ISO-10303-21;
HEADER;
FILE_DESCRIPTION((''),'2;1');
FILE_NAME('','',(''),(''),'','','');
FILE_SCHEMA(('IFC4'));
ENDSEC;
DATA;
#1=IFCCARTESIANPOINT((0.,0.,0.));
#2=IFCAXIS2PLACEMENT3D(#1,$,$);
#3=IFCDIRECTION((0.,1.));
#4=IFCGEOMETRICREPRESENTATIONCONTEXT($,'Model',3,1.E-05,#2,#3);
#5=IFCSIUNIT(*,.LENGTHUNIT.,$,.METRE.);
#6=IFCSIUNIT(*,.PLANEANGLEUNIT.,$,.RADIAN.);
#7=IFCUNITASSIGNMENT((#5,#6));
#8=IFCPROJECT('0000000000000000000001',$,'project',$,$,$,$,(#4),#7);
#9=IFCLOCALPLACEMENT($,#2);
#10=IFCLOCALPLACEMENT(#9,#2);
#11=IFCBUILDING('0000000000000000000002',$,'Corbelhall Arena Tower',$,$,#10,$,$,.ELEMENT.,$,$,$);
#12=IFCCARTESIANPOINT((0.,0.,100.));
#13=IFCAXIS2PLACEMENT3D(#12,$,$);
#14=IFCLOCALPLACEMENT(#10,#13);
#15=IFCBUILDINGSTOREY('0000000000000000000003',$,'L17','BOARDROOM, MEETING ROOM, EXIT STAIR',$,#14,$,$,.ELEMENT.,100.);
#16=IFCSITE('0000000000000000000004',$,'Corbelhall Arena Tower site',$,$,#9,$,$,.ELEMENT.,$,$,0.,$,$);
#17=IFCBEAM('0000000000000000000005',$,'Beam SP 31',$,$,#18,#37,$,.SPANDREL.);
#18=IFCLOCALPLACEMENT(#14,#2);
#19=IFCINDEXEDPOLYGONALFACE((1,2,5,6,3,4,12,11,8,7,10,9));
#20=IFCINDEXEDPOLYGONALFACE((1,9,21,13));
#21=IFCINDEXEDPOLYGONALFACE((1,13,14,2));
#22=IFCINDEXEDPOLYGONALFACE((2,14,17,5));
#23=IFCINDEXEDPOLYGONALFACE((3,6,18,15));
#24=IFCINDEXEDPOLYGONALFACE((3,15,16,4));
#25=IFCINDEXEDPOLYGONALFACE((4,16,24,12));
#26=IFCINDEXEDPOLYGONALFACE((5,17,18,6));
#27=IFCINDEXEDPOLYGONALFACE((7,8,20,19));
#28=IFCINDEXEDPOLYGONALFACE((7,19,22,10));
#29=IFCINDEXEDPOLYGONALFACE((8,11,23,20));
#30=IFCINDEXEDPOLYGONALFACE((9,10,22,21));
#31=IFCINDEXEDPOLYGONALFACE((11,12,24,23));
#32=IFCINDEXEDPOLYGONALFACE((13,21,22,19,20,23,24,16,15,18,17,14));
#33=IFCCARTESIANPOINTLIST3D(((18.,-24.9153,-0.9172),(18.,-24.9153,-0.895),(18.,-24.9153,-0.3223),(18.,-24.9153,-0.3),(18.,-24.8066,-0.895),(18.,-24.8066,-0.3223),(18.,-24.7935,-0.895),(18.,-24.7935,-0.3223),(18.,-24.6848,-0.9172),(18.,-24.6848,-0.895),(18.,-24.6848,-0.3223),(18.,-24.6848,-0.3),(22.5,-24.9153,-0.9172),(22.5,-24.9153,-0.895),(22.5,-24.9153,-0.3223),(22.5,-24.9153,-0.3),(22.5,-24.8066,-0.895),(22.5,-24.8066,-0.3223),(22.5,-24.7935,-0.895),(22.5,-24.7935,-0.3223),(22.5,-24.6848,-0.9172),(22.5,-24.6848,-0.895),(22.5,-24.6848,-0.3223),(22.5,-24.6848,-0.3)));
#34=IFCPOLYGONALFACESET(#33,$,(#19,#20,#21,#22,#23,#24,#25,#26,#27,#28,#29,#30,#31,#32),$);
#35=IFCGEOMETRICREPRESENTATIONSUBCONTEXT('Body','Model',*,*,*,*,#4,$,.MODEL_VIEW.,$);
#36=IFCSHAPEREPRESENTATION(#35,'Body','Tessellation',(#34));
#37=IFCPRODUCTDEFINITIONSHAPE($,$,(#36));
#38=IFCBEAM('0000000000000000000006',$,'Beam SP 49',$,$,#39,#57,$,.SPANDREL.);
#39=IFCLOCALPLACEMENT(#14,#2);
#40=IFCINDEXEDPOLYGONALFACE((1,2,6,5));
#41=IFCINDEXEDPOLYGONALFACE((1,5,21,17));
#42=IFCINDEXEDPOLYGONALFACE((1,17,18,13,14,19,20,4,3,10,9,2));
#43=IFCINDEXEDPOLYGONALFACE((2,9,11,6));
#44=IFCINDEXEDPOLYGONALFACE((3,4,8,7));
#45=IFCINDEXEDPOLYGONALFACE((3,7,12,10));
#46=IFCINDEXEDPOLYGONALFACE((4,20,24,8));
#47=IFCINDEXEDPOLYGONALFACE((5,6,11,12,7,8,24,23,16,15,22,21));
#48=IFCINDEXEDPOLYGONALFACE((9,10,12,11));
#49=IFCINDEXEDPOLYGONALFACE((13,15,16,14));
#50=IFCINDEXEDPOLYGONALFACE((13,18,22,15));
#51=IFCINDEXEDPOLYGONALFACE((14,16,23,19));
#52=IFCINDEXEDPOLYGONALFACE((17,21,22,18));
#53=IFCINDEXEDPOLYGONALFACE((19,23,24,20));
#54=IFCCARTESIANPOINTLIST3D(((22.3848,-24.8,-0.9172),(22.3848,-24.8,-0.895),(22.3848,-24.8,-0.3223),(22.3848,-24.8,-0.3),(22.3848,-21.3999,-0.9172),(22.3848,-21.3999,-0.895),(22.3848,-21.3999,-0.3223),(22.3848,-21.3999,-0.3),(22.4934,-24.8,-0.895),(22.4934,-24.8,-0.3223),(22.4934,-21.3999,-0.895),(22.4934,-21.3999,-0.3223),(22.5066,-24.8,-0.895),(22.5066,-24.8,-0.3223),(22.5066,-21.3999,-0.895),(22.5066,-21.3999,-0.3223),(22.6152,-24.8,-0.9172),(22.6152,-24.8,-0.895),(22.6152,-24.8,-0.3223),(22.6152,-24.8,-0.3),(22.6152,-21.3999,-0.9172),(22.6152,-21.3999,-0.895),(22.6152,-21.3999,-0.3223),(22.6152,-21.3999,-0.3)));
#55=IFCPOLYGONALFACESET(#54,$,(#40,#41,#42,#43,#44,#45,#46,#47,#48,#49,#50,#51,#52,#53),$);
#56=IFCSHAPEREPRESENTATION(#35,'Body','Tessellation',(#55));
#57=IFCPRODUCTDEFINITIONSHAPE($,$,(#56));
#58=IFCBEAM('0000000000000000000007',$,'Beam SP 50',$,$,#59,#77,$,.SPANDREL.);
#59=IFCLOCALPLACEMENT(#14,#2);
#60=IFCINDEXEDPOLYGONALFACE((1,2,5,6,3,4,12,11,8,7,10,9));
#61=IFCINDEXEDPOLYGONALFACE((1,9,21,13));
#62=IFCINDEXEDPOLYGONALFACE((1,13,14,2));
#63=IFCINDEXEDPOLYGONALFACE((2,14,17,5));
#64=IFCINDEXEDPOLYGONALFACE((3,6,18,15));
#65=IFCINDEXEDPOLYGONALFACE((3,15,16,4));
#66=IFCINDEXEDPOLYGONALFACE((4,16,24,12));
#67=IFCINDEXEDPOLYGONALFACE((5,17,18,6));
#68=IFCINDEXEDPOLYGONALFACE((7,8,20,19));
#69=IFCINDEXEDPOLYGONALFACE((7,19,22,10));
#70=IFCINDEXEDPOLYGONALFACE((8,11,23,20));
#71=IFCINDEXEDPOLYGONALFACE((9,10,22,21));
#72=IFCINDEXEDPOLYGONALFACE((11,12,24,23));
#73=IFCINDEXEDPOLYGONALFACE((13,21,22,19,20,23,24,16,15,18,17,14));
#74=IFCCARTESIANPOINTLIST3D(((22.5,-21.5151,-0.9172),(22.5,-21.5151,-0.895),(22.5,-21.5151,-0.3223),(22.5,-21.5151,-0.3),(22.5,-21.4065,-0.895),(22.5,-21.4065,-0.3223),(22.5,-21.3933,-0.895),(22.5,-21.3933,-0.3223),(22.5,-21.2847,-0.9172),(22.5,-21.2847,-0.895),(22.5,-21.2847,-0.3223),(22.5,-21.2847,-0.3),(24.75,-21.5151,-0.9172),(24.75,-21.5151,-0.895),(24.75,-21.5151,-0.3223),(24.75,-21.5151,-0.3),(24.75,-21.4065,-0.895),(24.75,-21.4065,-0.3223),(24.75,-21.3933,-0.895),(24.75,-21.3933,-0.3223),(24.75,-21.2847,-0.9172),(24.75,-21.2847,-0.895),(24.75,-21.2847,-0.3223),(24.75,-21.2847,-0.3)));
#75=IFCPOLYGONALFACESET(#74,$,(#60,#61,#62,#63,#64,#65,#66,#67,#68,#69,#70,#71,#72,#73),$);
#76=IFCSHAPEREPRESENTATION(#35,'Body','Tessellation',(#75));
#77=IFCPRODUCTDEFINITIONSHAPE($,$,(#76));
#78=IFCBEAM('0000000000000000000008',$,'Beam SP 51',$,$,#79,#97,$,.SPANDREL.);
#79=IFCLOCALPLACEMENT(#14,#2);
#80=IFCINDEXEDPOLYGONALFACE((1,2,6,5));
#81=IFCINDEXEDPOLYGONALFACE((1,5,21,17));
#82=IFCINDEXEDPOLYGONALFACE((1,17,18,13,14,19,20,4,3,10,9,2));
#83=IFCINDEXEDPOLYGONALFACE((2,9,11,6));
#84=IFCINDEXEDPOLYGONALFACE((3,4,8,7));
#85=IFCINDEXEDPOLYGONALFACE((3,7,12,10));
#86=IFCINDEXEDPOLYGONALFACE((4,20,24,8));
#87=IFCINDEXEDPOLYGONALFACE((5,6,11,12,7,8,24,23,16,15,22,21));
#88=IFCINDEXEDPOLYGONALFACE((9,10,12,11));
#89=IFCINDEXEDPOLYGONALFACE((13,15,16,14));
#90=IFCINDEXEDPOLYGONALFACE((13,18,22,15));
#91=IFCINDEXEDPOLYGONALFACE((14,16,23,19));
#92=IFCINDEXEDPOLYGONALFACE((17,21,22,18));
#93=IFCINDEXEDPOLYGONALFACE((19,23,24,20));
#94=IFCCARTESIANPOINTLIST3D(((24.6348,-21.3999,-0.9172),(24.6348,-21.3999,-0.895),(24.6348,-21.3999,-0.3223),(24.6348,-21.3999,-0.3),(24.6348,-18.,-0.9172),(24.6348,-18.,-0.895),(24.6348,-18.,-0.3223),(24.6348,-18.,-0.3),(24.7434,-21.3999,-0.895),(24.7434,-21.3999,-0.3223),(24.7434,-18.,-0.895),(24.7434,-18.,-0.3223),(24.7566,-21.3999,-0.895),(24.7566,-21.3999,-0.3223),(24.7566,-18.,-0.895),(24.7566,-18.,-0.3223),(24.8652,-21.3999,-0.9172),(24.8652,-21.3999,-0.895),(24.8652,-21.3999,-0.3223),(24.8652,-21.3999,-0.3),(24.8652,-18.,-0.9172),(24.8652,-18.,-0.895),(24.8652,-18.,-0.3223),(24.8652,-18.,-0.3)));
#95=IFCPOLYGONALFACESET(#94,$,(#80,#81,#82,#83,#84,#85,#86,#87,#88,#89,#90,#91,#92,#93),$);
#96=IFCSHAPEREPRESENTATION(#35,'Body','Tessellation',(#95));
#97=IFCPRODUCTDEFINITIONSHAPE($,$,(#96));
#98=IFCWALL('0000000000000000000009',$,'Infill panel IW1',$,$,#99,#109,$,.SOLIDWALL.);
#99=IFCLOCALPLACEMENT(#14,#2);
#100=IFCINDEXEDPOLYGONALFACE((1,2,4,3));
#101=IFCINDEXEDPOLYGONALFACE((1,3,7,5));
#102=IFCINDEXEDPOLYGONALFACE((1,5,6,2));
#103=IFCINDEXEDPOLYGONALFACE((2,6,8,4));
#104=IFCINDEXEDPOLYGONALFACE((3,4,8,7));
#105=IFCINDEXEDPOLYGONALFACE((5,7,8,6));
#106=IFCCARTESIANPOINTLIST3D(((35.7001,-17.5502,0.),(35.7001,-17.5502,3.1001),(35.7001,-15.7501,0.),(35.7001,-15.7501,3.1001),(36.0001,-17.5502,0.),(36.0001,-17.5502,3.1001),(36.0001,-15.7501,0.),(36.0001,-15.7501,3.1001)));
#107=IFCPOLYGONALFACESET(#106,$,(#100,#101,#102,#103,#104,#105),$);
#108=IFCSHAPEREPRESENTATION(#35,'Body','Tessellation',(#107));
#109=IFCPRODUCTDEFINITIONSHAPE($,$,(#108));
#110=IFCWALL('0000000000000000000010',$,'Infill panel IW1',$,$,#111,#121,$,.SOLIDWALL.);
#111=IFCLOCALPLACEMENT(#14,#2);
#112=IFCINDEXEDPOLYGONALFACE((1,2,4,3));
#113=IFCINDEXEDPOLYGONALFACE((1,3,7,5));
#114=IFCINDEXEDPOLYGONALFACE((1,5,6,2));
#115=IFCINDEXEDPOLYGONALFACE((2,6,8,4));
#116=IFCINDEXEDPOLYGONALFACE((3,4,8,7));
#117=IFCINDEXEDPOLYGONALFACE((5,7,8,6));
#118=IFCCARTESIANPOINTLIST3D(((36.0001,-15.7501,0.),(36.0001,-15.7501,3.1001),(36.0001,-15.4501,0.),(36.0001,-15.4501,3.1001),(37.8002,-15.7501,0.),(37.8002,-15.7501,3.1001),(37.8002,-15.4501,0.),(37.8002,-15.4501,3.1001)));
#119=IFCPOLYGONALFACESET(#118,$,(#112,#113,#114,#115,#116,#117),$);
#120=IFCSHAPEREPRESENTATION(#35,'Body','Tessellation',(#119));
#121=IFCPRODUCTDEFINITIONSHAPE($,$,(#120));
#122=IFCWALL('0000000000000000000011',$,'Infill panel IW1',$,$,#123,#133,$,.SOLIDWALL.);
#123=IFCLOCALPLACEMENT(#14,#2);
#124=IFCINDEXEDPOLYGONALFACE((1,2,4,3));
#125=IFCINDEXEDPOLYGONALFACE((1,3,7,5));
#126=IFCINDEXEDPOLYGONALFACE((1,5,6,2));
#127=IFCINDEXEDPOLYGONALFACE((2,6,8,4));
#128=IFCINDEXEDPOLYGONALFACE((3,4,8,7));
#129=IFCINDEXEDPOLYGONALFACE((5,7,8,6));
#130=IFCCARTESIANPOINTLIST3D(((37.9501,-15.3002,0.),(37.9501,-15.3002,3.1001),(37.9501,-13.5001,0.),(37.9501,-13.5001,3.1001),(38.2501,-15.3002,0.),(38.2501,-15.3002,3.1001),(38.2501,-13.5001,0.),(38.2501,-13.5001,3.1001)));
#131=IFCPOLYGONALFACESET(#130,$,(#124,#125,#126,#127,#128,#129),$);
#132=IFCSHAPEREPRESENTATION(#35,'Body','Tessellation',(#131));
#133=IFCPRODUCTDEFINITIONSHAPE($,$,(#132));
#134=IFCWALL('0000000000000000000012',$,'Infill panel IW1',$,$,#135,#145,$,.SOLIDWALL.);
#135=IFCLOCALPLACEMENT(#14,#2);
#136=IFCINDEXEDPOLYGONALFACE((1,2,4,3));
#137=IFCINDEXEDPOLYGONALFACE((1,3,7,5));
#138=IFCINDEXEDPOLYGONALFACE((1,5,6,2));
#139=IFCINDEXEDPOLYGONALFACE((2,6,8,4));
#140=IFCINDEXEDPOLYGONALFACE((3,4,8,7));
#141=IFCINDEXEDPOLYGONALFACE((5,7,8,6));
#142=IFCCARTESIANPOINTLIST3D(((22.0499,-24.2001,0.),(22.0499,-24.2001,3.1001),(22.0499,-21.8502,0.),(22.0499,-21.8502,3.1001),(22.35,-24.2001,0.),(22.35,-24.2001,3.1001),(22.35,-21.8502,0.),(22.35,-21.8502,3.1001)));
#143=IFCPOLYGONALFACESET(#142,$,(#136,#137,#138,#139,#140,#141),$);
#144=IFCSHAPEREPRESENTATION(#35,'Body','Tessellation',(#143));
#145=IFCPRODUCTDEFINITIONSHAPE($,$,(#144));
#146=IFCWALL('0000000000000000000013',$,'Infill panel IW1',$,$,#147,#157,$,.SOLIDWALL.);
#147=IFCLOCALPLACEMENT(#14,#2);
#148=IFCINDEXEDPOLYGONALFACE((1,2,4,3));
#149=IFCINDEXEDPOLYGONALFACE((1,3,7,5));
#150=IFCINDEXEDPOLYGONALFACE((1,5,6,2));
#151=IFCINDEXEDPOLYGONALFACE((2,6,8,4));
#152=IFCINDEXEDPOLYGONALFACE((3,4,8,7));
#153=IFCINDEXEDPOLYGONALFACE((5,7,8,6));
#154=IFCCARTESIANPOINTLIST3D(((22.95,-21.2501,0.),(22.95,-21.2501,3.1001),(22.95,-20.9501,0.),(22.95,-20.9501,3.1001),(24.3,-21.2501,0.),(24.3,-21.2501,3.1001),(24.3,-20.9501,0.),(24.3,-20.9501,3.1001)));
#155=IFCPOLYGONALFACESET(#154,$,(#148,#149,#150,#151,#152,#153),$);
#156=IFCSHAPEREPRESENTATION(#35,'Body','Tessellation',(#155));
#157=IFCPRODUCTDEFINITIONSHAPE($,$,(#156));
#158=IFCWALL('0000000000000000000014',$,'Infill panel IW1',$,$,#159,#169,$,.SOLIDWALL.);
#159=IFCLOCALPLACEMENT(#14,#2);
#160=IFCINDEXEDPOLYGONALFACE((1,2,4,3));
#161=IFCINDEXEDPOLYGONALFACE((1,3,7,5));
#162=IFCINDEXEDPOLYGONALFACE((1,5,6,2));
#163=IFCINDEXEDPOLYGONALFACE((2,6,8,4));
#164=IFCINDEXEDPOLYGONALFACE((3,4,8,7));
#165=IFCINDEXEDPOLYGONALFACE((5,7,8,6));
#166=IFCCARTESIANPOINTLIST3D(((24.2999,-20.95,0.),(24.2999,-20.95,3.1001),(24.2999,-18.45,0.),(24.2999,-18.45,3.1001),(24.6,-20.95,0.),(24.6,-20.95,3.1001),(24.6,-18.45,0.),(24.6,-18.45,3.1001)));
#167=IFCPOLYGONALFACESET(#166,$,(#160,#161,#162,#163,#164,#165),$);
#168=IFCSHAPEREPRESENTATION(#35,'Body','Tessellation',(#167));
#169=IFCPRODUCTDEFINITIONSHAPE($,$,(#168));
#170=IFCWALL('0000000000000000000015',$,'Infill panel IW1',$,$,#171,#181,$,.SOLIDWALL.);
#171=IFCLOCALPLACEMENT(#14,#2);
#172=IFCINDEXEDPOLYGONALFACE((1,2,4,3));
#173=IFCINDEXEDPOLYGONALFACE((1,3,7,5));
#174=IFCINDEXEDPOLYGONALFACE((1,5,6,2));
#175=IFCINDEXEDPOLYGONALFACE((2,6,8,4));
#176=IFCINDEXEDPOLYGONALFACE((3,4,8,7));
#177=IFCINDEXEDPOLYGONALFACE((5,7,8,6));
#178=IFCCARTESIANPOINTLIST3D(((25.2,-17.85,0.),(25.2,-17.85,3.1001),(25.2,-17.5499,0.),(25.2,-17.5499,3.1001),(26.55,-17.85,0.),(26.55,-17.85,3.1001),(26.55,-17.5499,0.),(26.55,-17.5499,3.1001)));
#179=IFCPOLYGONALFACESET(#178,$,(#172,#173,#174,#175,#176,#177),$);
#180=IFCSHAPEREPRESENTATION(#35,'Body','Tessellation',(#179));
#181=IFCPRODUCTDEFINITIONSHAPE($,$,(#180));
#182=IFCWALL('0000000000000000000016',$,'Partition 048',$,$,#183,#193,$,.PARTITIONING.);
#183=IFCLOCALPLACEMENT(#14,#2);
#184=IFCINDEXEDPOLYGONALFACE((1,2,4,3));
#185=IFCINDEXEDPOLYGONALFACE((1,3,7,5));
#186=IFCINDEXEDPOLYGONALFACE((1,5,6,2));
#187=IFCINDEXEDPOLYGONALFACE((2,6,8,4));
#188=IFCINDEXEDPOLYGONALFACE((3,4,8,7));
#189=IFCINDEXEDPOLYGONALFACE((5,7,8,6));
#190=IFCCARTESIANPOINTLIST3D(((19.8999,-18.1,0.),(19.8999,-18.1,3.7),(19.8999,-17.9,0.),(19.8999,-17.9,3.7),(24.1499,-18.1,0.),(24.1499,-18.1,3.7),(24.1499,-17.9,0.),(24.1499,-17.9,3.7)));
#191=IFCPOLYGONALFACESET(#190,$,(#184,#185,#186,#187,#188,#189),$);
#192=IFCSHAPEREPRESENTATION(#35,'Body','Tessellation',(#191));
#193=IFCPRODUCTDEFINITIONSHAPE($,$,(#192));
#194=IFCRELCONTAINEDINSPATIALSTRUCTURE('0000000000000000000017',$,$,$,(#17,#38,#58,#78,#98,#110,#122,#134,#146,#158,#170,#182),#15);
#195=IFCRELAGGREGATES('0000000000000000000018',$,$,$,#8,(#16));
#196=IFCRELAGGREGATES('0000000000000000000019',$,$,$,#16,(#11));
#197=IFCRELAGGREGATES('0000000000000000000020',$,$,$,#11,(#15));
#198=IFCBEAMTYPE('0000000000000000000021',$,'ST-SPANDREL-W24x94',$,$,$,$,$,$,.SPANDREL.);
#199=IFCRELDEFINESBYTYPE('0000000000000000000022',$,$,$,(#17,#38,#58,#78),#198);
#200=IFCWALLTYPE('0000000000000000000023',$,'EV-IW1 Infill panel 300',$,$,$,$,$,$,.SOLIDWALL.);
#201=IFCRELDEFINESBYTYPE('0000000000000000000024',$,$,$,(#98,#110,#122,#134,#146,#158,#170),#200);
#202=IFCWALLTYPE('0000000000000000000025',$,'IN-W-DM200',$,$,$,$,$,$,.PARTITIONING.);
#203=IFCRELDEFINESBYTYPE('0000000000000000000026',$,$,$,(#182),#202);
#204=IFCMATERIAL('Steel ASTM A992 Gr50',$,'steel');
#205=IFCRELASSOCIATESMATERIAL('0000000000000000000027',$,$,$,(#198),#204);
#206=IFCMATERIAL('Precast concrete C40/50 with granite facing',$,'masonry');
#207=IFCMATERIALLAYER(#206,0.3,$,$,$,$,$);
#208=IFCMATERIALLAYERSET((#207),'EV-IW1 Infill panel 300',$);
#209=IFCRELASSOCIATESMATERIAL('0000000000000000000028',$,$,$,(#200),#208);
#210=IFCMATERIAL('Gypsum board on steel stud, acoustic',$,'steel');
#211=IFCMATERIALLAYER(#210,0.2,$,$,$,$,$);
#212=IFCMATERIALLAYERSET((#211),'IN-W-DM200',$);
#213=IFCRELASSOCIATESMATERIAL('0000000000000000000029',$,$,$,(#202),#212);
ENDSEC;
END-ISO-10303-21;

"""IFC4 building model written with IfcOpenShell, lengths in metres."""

from ifc_helpers import new_model, si_unit, direction, frame, frame_2d, origin, origin_2d, place, context, subcontext, project, spatial, rectangle, i_section, extrude, material, layer, layer_set, material_profile, profile_set, type_object, element, save


model = new_model("IFC4")

# Units and contexts
model_context = context("Model", 3, precision=1e-05, world=origin(), true_north=direction((0.0, 1.0)))
body_context = subcontext(model_context, "Body", "Model", "MODEL_VIEW")
ifc_project = project(units=[si_unit("LENGTHUNIT", "METRE"), si_unit("PLANEANGLEUNIT", "RADIAN")], contexts=[model_context])

# Site, building, storey
site_placement = place(None, origin())
site = spatial("IfcSite", under=ifc_project, at=site_placement, Name="Corbelhall Arena Tower site", CompositionType="ELEMENT", RefElevation=0.0)
building_placement = place(site_placement, origin())
building = spatial("IfcBuilding", under=site, at=building_placement, Name="Corbelhall Arena Tower", CompositionType="ELEMENT")
storey_placement = place(building_placement, frame((0.0, 0.0, 100.0)))
storey = spatial("IfcBuildingStorey", under=building, at=storey_placement, Name="L17", Description="BOARDROOM, MEETING ROOM, EXIT STAIR", CompositionType="ELEMENT", Elevation=100.0)

# Beams
ifc_material_1 = material(Name="Steel ASTM A992 Gr50", Category="steel")
ifc_material_profile_1 = material_profile(ifc_material_1, i_section(OverallWidth=0.2305, OverallDepth=0.6172, WebThickness=0.0132, FlangeThickness=0.0222, at=origin_2d()))
ifc_profile_set_1 = profile_set([ifc_material_profile_1], Name="Steel ASTM A992 Gr50")
beam_type = type_object("IfcBeamType", Name="ST-SPANDREL-W24x94", PredefinedType="SPANDREL", material=ifc_profile_set_1)
beam_1_placement = place(storey_placement, frame((22.5, -24.8, -0.6086), z_axis=(-1.0, 0.0, 0.0), x_axis=(0.0, -1.0, 0.0)))
element("IfcBeam", 1, at=beam_1_placement, inside=storey, type_object=beam_type, Name="Beam SP 31", PredefinedType="SPANDREL", context=body_context, shape_type="SweptSolid", body=[
    extrude(i_section(OverallWidth=0.2305, OverallDepth=0.6172, WebThickness=0.0132, FlangeThickness=0.0222, at=origin_2d()), origin(), (0.0, 0.0, 1.0), 4.5),
])
beam_2_placement = place(storey_placement, frame((22.5, -21.3999, -0.6086), z_axis=(0.0, -1.0, 0.0), x_axis=(1.0, 0.0, 0.0)))
element("IfcBeam", 2, at=beam_2_placement, inside=storey, type_object=beam_type, Name="Beam SP 49", PredefinedType="SPANDREL", context=body_context, shape_type="SweptSolid", body=[
    extrude(i_section(OverallWidth=0.2305, OverallDepth=0.6172, WebThickness=0.0132, FlangeThickness=0.0222, at=origin_2d()), origin(), (0.0, 0.0, 1.0), 3.4001),
])
beam_3_placement = place(storey_placement, frame((24.75, -21.3999, -0.6086), z_axis=(-1.0, 0.0, 0.0), x_axis=(0.0, -1.0, 0.0)))
element("IfcBeam", 3, at=beam_3_placement, inside=storey, type_object=beam_type, Name="Beam SP 50", PredefinedType="SPANDREL", context=body_context, shape_type="SweptSolid", body=[
    extrude(i_section(OverallWidth=0.2305, OverallDepth=0.6172, WebThickness=0.0132, FlangeThickness=0.0222, at=origin_2d()), origin(), (0.0, 0.0, 1.0), 2.25),
])
beam_4_placement = place(storey_placement, frame((24.75, -18.0, -0.6086), z_axis=(0.0, -1.0, 0.0), x_axis=(1.0, 0.0, 0.0)))
element("IfcBeam", 4, at=beam_4_placement, inside=storey, type_object=beam_type, Name="Beam SP 51", PredefinedType="SPANDREL", context=body_context, shape_type="SweptSolid", body=[
    extrude(i_section(OverallWidth=0.2305, OverallDepth=0.6172, WebThickness=0.0132, FlangeThickness=0.0222, at=origin_2d()), origin(), (0.0, 0.0, 1.0), 3.3999),
])

# Walls
ifc_material_2 = material(Name="Precast concrete C40/50 with granite facing", Category="masonry")
ifc_layer_1 = layer(ifc_material_2, 0.3)
ifc_layer_set_1 = layer_set([ifc_layer_1], Name="EV-IW1 Infill panel 300")
wall_type_1 = type_object("IfcWallType", Name="EV-IW1 Infill panel 300", PredefinedType="SOLIDWALL", material=ifc_layer_set_1)
for number, where, z_axis, x_axis, name in (
    (5, (35.8501, -17.55, 0.0), (0.0, 0.0, 1.0), (0.0, 1.0, 0.0), "Infill panel IW1"),
    (6, (37.8, -15.6001, 0.0), (0.0, 0.0, 1.0), (-1.0, 0.0, 0.0), "Infill panel IW1"),
    (7, (38.1001, -15.3, 0.0), (0.0, 0.0, 1.0), (0.0, 1.0, 0.0), "Infill panel IW1"),
):
    element("IfcWall", number, at=place(storey_placement, frame(where, z_axis=z_axis, x_axis=x_axis)), inside=storey, type_object=wall_type_1, Name=name, PredefinedType="SOLIDWALL", context=body_context, shape_type="SweptSolid", body=[
        extrude(rectangle(XDim=1.8, YDim=0.3, at=frame_2d((0.8999, 0.0))), origin(), (0.0, 0.0, 1.0), 3.1001),
    ])
wall_1_placement = place(storey_placement, frame((22.2, -24.2, 0.0), z_axis=(0.0, 0.0, 1.0), x_axis=(0.0, 1.0, 0.0)))
element("IfcWall", 8, at=wall_1_placement, inside=storey, type_object=wall_type_1, Name="Infill panel IW1", PredefinedType="SOLIDWALL", context=body_context, shape_type="SweptSolid", body=[
    extrude(rectangle(XDim=2.3499, YDim=0.3, at=frame_2d((1.1748, 0.0))), origin(), (0.0, 0.0, 1.0), 3.1001),
])
wall_2_placement = place(storey_placement, frame((22.95, -21.1001, 0.0), z_axis=(0.0, 0.0, 1.0), x_axis=(1.0, 0.0, 0.0)))
element("IfcWall", 9, at=wall_2_placement, inside=storey, type_object=wall_type_1, Name="Infill panel IW1", PredefinedType="SOLIDWALL", context=body_context, shape_type="SweptSolid", body=[
    extrude(rectangle(XDim=1.3501, YDim=0.3, at=frame_2d((0.675, 0.0))), origin(), (0.0, 0.0, 1.0), 3.1001),
])
wall_3_placement = place(storey_placement, frame((24.45, -20.95, 0.0), z_axis=(0.0, 0.0, 1.0), x_axis=(0.0, 1.0, 0.0)))
element("IfcWall", 10, at=wall_3_placement, inside=storey, type_object=wall_type_1, Name="Infill panel IW1", PredefinedType="SOLIDWALL", context=body_context, shape_type="SweptSolid", body=[
    extrude(rectangle(XDim=2.5, YDim=0.3, at=frame_2d((1.25, 0.0))), origin(), (0.0, 0.0, 1.0), 3.1001),
])
wall_4_placement = place(storey_placement, frame((25.2, -17.7, 0.0), z_axis=(0.0, 0.0, 1.0), x_axis=(1.0, 0.0, 0.0)))
element("IfcWall", 11, at=wall_4_placement, inside=storey, type_object=wall_type_1, Name="Infill panel IW1", PredefinedType="SOLIDWALL", context=body_context, shape_type="SweptSolid", body=[
    extrude(rectangle(XDim=1.3501, YDim=0.3, at=frame_2d((0.675, 0.0))), origin(), (0.0, 0.0, 1.0), 3.1001),
])

# Wall
ifc_material_3 = material(Name="Gypsum board on steel stud, acoustic", Category="steel")
ifc_layer_2 = layer(ifc_material_3, 0.2)
ifc_layer_set_2 = layer_set([ifc_layer_2], Name="IN-W-DM200")
wall_type_2 = type_object("IfcWallType", Name="IN-W-DM200", PredefinedType="PARTITIONING", material=ifc_layer_set_2)
wall_5_placement = place(storey_placement, frame((19.8999, -18.0, 0.0), z_axis=(0.0, 0.0, 1.0), x_axis=(1.0, 0.0, 0.0)))
element("IfcWall", 12, at=wall_5_placement, inside=storey, type_object=wall_type_2, Name="Partition 048", PredefinedType="PARTITIONING", context=body_context, shape_type="SweptSolid", body=[
    extrude(rectangle(XDim=4.25, YDim=0.2, at=frame_2d((2.125, 0.0))), origin(), (0.0, 0.0, 1.0), 3.7),
])

save(model, "model.ifc")
